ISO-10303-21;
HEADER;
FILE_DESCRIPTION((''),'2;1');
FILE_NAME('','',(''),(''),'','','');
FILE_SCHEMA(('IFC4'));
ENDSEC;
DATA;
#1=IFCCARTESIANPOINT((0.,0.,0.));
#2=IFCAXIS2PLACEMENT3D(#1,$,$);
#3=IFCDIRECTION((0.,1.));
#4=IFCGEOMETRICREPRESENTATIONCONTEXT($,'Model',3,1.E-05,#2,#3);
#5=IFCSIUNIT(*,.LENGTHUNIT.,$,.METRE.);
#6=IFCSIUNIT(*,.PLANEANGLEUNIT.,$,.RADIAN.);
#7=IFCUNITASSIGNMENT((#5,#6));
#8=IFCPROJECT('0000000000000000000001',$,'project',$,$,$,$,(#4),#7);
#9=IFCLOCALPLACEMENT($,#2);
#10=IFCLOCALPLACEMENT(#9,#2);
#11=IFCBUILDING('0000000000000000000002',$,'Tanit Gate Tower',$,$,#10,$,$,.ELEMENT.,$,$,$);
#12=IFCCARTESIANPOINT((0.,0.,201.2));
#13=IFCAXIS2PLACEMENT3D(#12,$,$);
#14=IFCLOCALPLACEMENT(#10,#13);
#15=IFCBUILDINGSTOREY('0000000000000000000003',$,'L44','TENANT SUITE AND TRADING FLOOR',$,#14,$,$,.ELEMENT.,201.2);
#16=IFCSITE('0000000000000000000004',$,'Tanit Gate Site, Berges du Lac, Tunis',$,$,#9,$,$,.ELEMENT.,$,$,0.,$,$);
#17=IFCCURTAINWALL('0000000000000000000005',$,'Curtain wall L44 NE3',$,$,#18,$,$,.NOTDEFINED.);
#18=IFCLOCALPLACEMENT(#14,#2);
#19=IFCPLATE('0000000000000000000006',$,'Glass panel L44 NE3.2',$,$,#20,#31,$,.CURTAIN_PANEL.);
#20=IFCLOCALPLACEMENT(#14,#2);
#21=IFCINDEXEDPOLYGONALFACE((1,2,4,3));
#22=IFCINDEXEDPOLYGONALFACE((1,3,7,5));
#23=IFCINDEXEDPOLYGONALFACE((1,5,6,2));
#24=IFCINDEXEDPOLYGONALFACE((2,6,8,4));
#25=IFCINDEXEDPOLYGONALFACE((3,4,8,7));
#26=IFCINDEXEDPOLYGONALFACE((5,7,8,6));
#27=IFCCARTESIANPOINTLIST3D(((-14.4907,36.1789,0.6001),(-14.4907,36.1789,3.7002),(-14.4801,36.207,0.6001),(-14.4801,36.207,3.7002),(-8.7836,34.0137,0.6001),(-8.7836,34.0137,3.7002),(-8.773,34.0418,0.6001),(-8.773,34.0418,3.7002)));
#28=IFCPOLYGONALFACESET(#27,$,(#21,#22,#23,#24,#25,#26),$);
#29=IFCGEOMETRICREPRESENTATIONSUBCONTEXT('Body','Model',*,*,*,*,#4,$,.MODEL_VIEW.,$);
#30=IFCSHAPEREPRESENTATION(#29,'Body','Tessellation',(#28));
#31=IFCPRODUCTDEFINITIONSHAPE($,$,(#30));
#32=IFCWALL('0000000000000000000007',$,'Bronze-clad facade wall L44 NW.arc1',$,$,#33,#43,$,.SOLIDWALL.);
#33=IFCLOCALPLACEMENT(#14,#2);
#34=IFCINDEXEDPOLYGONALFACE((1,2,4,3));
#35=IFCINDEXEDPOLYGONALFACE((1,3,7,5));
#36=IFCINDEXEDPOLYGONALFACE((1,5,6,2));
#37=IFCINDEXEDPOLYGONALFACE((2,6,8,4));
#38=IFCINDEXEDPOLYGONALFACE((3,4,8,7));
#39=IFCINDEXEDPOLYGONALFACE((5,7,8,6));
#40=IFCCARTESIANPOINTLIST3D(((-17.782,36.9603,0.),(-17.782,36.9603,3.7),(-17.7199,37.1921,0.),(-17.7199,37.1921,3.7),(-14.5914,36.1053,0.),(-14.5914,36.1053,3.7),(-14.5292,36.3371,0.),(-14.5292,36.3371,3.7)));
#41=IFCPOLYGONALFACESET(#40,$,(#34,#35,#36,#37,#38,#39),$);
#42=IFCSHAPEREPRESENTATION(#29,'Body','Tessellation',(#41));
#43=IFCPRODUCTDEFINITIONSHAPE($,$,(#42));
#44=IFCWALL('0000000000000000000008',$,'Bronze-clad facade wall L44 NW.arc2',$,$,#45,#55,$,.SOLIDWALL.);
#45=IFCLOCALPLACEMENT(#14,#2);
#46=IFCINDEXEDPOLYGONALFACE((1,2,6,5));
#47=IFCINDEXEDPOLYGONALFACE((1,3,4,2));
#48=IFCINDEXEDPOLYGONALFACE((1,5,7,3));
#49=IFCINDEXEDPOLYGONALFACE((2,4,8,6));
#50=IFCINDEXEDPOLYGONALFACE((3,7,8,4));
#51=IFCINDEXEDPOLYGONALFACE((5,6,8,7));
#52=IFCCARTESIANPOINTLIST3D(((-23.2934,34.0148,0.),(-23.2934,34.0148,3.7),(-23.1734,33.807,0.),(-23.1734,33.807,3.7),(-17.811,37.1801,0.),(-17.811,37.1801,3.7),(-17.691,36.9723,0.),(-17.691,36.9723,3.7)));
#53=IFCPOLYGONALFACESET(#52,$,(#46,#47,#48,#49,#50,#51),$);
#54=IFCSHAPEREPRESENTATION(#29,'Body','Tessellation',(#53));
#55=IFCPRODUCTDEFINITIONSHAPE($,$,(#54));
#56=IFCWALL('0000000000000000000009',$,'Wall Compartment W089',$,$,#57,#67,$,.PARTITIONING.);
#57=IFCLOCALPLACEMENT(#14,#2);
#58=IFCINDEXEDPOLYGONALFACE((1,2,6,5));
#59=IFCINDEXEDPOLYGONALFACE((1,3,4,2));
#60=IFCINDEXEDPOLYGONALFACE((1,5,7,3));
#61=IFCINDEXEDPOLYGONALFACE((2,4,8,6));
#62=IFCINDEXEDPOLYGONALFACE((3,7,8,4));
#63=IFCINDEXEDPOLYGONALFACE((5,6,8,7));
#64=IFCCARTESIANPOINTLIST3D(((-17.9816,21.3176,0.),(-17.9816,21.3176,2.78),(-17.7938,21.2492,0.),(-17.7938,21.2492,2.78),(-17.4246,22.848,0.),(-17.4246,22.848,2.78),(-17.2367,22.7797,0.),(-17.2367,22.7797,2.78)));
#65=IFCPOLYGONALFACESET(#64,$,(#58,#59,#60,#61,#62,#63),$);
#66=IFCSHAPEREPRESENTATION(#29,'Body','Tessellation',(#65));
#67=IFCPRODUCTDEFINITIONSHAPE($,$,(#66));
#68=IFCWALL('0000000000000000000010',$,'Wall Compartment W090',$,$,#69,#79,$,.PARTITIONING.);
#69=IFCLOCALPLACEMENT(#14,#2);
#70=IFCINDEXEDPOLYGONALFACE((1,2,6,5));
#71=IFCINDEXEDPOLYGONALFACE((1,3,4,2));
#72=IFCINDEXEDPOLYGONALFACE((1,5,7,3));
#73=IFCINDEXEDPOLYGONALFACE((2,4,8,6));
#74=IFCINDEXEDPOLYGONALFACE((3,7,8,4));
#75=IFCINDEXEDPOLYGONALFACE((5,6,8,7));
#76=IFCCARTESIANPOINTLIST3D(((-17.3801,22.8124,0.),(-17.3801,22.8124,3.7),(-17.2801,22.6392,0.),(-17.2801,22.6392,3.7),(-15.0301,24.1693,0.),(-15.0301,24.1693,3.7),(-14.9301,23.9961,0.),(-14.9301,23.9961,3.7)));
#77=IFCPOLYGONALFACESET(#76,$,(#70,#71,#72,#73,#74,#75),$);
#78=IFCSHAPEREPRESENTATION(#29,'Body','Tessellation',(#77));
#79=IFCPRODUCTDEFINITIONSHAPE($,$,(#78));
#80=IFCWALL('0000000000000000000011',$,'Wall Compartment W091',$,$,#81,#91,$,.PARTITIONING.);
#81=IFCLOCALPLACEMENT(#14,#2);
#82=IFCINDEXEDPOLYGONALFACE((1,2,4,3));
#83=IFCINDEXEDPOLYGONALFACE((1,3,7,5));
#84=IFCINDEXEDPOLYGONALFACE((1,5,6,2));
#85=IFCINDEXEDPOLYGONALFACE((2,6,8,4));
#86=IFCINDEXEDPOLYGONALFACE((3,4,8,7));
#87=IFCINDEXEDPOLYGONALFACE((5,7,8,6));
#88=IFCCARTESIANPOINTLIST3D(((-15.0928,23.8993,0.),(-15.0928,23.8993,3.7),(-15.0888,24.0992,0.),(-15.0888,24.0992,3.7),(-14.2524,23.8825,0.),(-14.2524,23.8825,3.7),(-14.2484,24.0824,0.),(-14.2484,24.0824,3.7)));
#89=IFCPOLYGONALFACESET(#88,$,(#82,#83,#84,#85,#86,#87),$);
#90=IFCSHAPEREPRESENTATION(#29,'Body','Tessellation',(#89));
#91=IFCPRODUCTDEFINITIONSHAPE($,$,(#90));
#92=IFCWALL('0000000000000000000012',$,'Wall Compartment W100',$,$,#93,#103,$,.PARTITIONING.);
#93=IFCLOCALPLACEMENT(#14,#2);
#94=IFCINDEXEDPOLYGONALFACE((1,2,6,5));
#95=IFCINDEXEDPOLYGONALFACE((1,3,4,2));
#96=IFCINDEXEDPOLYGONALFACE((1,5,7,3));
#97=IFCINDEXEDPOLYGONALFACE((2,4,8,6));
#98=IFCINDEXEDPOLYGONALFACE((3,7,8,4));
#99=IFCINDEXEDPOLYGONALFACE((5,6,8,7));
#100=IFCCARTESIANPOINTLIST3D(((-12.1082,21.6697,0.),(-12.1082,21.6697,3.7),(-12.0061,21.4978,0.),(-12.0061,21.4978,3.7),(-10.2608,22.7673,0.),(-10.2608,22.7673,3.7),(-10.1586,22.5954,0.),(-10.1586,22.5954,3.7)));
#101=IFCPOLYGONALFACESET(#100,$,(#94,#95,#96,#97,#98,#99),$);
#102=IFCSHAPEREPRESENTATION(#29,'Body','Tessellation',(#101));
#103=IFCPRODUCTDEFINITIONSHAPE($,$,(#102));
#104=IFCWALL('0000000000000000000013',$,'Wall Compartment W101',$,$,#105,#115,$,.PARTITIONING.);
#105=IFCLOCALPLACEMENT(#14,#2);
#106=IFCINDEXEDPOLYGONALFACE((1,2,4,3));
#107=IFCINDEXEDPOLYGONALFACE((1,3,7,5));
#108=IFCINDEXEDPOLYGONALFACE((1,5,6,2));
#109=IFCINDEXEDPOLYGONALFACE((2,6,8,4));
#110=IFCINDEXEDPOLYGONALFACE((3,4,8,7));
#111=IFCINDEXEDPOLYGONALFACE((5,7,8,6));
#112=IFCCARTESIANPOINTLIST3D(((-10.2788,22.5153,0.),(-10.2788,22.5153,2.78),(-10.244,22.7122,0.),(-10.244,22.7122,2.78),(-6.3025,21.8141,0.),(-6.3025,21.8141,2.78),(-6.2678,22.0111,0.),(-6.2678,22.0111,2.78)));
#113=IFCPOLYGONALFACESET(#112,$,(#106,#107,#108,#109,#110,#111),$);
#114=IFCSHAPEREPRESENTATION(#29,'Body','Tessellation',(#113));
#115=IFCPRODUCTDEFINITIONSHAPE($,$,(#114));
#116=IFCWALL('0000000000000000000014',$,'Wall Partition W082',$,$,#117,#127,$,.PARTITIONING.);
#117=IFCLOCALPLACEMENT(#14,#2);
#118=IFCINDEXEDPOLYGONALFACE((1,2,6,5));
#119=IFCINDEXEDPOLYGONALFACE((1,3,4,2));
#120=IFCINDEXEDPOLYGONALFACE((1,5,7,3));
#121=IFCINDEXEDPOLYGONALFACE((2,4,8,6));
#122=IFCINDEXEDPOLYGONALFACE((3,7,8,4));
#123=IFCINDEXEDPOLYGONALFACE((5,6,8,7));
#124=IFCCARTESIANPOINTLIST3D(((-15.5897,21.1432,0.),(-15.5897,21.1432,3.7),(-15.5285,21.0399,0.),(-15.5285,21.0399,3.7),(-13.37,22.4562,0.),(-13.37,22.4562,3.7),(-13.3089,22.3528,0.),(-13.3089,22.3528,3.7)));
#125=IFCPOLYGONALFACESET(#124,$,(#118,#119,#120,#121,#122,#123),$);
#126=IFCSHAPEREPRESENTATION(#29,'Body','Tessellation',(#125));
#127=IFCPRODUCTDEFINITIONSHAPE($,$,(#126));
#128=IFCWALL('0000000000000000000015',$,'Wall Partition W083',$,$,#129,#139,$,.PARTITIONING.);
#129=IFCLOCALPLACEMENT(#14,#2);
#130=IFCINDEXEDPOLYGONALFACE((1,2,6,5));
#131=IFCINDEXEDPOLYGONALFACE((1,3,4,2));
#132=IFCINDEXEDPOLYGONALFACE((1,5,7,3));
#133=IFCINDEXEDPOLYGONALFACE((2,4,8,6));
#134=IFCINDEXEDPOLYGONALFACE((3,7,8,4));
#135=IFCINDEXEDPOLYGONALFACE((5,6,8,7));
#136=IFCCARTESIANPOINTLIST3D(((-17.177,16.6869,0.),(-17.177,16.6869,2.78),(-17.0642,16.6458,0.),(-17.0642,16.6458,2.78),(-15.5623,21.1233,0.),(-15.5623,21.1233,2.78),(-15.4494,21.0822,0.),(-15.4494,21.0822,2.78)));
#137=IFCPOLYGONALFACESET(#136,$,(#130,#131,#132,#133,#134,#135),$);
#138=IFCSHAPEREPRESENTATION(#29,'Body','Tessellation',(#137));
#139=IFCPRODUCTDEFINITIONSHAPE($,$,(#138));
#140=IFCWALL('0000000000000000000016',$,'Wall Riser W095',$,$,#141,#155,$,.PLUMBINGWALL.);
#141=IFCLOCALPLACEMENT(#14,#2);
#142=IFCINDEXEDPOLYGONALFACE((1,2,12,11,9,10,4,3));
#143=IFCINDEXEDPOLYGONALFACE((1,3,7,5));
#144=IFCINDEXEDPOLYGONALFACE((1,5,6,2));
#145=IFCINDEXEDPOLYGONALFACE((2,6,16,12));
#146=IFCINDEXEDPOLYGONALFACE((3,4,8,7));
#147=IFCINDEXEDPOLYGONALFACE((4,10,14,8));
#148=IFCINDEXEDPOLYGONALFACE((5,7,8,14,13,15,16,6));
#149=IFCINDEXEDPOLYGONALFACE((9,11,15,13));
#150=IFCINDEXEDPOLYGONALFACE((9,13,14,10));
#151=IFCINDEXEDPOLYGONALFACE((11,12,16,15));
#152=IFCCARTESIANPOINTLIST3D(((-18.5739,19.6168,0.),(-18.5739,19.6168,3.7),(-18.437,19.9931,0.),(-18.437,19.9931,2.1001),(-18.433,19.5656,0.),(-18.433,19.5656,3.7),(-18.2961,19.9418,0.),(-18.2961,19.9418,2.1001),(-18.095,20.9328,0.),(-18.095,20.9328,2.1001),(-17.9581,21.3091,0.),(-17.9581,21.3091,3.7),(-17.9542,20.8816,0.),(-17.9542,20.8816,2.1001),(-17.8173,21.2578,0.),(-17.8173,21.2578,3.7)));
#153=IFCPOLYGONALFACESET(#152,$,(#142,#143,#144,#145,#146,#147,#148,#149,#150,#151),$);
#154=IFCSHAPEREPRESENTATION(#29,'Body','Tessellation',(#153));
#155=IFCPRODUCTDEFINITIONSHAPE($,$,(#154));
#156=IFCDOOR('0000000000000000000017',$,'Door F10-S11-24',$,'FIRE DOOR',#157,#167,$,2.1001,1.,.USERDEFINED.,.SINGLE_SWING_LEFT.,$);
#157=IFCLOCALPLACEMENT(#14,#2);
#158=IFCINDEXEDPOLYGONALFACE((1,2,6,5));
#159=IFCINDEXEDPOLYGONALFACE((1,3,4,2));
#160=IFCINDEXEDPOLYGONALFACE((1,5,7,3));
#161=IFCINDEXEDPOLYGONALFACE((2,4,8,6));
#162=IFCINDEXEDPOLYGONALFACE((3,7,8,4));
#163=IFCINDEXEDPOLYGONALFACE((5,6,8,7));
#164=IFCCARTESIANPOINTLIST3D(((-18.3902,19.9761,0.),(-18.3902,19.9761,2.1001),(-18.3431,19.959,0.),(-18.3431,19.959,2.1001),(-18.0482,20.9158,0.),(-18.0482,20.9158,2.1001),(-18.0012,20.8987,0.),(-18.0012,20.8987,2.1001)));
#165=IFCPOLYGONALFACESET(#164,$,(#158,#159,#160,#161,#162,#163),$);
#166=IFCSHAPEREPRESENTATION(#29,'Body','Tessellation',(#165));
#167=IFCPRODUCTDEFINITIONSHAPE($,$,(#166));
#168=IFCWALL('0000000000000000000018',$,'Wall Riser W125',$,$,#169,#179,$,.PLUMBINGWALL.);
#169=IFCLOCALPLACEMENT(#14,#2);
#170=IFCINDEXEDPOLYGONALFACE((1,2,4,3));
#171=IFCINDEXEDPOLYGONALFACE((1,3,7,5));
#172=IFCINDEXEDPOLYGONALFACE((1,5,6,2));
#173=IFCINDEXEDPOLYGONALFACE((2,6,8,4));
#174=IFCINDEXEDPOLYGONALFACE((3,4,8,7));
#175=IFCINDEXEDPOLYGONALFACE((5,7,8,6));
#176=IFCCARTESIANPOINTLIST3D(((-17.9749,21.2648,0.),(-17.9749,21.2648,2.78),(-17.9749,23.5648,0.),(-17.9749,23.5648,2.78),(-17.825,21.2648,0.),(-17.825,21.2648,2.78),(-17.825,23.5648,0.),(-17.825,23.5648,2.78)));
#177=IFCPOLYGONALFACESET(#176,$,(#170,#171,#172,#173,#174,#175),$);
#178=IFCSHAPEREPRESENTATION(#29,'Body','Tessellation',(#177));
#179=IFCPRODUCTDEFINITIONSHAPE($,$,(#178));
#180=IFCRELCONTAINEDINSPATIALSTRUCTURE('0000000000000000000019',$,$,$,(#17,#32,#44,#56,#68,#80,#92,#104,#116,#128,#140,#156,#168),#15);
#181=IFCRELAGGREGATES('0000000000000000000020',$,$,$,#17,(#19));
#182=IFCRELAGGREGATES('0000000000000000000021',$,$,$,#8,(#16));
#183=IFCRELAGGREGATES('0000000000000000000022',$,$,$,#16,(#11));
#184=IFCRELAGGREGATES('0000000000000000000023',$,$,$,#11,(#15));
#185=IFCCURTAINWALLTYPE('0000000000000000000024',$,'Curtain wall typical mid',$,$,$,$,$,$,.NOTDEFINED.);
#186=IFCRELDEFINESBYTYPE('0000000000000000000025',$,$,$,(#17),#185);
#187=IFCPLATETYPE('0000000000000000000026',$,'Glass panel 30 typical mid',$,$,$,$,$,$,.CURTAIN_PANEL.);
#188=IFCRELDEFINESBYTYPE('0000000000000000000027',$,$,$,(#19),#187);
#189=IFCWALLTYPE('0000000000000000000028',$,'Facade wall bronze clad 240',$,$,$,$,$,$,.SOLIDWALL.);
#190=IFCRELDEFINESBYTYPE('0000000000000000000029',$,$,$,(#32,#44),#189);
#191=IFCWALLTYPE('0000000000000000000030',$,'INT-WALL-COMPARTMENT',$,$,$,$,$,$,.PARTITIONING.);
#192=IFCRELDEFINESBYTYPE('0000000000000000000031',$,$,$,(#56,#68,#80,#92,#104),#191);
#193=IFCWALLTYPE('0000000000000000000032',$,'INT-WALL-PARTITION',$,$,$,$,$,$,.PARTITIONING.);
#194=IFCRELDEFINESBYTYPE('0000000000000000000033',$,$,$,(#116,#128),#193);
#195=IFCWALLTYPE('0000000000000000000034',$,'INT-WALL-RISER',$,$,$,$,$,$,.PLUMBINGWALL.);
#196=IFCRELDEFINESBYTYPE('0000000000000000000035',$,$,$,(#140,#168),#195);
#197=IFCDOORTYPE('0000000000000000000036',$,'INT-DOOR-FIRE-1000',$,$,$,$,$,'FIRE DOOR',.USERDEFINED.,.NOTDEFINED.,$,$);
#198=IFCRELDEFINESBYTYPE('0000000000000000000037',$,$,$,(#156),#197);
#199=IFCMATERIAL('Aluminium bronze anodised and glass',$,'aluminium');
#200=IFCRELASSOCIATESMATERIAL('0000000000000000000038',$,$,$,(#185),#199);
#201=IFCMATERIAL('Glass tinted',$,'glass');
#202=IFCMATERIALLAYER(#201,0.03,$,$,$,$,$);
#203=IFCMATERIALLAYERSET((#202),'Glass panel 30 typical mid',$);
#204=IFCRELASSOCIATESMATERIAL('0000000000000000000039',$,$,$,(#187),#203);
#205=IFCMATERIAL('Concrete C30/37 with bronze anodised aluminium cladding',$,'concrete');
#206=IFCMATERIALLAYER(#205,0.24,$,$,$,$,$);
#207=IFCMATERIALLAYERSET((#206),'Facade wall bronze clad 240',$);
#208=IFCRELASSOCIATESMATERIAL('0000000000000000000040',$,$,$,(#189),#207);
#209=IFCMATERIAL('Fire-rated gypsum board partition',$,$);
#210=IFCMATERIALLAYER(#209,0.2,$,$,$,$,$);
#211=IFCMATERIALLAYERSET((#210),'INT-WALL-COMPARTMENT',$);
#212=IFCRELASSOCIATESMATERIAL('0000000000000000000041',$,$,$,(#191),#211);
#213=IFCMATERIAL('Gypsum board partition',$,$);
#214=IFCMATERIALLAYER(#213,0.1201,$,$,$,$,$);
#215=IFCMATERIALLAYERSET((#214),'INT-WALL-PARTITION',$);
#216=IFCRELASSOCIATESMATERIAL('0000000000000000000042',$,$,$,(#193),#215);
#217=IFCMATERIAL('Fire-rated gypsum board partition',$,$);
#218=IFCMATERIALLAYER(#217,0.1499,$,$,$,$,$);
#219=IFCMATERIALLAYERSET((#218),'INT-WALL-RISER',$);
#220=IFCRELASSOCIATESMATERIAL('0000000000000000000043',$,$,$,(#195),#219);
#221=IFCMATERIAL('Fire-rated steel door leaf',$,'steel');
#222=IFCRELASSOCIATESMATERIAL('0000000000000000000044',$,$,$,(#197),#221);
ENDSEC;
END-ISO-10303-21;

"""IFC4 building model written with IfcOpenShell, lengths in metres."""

from ifc_helpers import new_model, si_unit, direction, frame, frame_2d, origin, origin_2d, place, context, subcontext, project, spatial, rectangle, extrude, material, layer, layer_set, type_object, element, fill, aggregate, save


model = new_model("IFC4")

# Units and contexts
model_context = context("Model", 3, precision=1e-05, world=origin(), true_north=direction((0.0, 1.0)))
body_context = subcontext(model_context, "Body", "Model", "MODEL_VIEW")
ifc_project = project(units=[si_unit("LENGTHUNIT", "METRE"), si_unit("PLANEANGLEUNIT", "RADIAN")], contexts=[model_context])

# Site, building, storey
site_placement = place(None, origin())
site = spatial("IfcSite", under=ifc_project, at=site_placement, Name="Tanit Gate Site, Berges du Lac, Tunis", CompositionType="ELEMENT", RefElevation=0.0)
building_placement = place(site_placement, origin())
building = spatial("IfcBuilding", under=site, at=building_placement, Name="Tanit Gate Tower", CompositionType="ELEMENT")
storey_placement = place(building_placement, frame((0.0, 0.0, 201.2)))
storey = spatial("IfcBuildingStorey", under=building, at=storey_placement, Name="L44", Description="TENANT SUITE AND TRADING FLOOR", CompositionType="ELEMENT", Elevation=201.2)

# Curtain wall
ifc_material_1 = material(Name="Aluminium bronze anodised and glass", Category="aluminium")
curtain_wall_type = type_object("IfcCurtainWallType", Name="Curtain wall typical mid", PredefinedType="NOTDEFINED", material=ifc_material_1)
curtain_wall_placement = place(storey_placement, origin())
curtain_wall = element("IfcCurtainWall", 1, at=curtain_wall_placement, inside=storey, type_object=curtain_wall_type, Name="Curtain wall L44 NE3", PredefinedType="NOTDEFINED")

# Plate
ifc_material_2 = material(Name="Glass tinted", Category="glass")
ifc_layer_1 = layer(ifc_material_2, 0.03)
ifc_layer_set_1 = layer_set([ifc_layer_1], Name="Glass panel 30 typical mid")
plate_type = type_object("IfcPlateType", Name="Glass panel 30 typical mid", PredefinedType="CURTAIN_PANEL", material=ifc_layer_set_1)
plate_1_placement = place(storey_placement, frame((-11.6318, 35.1104, 0.6001), z_axis=(0.0, 0.0, 1.0), x_axis=(-0.934976, 0.35471, 0.0)))
plate_1 = element("IfcPlate", 2, at=plate_1_placement, type_object=plate_type, Name="Glass panel L44 NE3.2", PredefinedType="CURTAIN_PANEL", context=body_context, shape_type="SweptSolid", body=[
    extrude(rectangle(XDim=6.104, YDim=0.03, at=origin_2d()), origin(), (0.0, 0.0, 1.0), 3.1001),
])
aggregate(curtain_wall, [plate_1])

# Walls
ifc_material_3 = material(Name="Concrete C30/37 with bronze anodised aluminium cladding", Category="concrete")
ifc_layer_2 = layer(ifc_material_3, 0.24)
ifc_layer_set_2 = layer_set([ifc_layer_2], Name="Facade wall bronze clad 240")
wall_type_1 = type_object("IfcWallType", Name="Facade wall bronze clad 240", PredefinedType="SOLIDWALL", material=ifc_layer_set_2)
wall_1_placement = place(storey_placement, frame((-14.5603, 36.2212, 0.0), z_axis=(0.0, 0.0, 1.0), x_axis=(-0.965923, 0.258831, 0.0)))
element("IfcWall", 3, at=wall_1_placement, inside=storey, type_object=wall_type_1, Name="Bronze-clad facade wall L44 NW.arc1", PredefinedType="SOLIDWALL", context=body_context, shape_type="SweptSolid", body=[
    extrude(rectangle(XDim=3.3032, YDim=0.24, at=frame_2d((1.6516, 0.0))), origin(), (0.0, 0.0, 1.0), 3.7),
])
wall_2_placement = place(storey_placement, frame((-17.751, 37.0762, 0.0), z_axis=(0.0, 0.0, 1.0), x_axis=(-0.866025, -0.500001, 0.0)))
element("IfcWall", 4, at=wall_2_placement, inside=storey, type_object=wall_type_1, Name="Bronze-clad facade wall L44 NW.arc2", PredefinedType="SOLIDWALL", context=body_context, shape_type="SweptSolid", body=[
    extrude(rectangle(XDim=6.3306, YDim=0.24, at=frame_2d((3.1653, 0.0))), origin(), (0.0, 0.0, 1.0), 3.7),
])
ifc_material_4 = material(Name="Fire-rated gypsum board partition")
ifc_layer_3 = layer(ifc_material_4, 0.2)
ifc_layer_set_3 = layer_set([ifc_layer_3], Name="INT-WALL-COMPARTMENT")
wall_type_2 = type_object("IfcWallType", Name="INT-WALL-COMPARTMENT", PredefinedType="PARTITIONING", material=ifc_layer_set_3)
wall_3_placement = place(storey_placement, frame((-17.3306, 22.814, 0.0), z_axis=(0.0, 0.0, 1.0), x_axis=(-0.342056, -0.93968, 0.0)))
element("IfcWall", 5, at=wall_3_placement, inside=storey, type_object=wall_type_2, Name="Wall Compartment W089", PredefinedType="PARTITIONING", context=body_context, shape_type="SweptSolid", body=[
    extrude(rectangle(XDim=1.6287, YDim=0.2, at=frame_2d((0.8145, 0.0))), origin(), (0.0, 0.0, 1.0), 2.78),
])
wall_4_placement = place(storey_placement, frame((-14.98, 24.0828, 0.0), z_axis=(0.0, 0.0, 1.0), x_axis=(-0.866009, -0.500029, 0.0)))
element("IfcWall", 6, at=wall_4_placement, inside=storey, type_object=wall_type_2, Name="Wall Compartment W090", PredefinedType="PARTITIONING", context=body_context, shape_type="SweptSolid", body=[
    extrude(rectangle(XDim=2.7136, YDim=0.2, at=frame_2d((1.3569, 0.0))), origin(), (0.0, 0.0, 1.0), 3.7),
])
wall_5_placement = place(storey_placement, frame((-14.2502, 23.9824, 0.0), z_axis=(0.0, 0.0, 1.0), x_axis=(-0.999799, 0.020042, 0.0)))
element("IfcWall", 7, at=wall_5_placement, inside=storey, type_object=wall_type_2, Name="Wall Compartment W091", PredefinedType="PARTITIONING", context=body_context, shape_type="SweptSolid", body=[
    extrude(rectangle(XDim=0.8406, YDim=0.2, at=frame_2d((0.4204, 0.0))), origin(), (0.0, 0.0, 1.0), 3.7),
])
wall_6_placement = place(storey_placement, frame((-10.2097, 22.6814, 0.0), z_axis=(0.0, 0.0, 1.0), x_axis=(-0.8597, -0.510799, 0.0)))
element("IfcWall", 8, at=wall_6_placement, inside=storey, type_object=wall_type_2, Name="Wall Compartment W100", PredefinedType="PARTITIONING", context=body_context, shape_type="SweptSolid", body=[
    extrude(rectangle(XDim=2.1489, YDim=0.2, at=frame_2d((1.0745, 0.0))), origin(), (0.0, 0.0, 1.0), 3.7),
])
wall_7_placement = place(storey_placement, frame((-6.2852, 21.9126, 0.0), z_axis=(0.0, 0.0, 1.0), x_axis=(-0.984806, 0.173658, 0.0)))
element("IfcWall", 9, at=wall_7_placement, inside=storey, type_object=wall_type_2, Name="Wall Compartment W101", PredefinedType="PARTITIONING", context=body_context, shape_type="SweptSolid", body=[
    extrude(rectangle(XDim=4.0376, YDim=0.2, at=frame_2d((2.0188, 0.0))), origin(), (0.0, 0.0, 1.0), 2.78),
])
ifc_material_5 = material(Name="Gypsum board partition")
ifc_layer_4 = layer(ifc_material_5, 0.1201)
ifc_layer_set_4 = layer_set([ifc_layer_4], Name="INT-WALL-PARTITION")
wall_type_3 = type_object("IfcWallType", Name="INT-WALL-PARTITION", PredefinedType="PARTITIONING", material=ifc_layer_set_4)
wall_8_placement = place(storey_placement, frame((-13.3394, 22.4045, 0.0), z_axis=(0.0, 0.0, 1.0), x_axis=(-0.8607, -0.509112, 0.0)))
element("IfcWall", 10, at=wall_8_placement, inside=storey, type_object=wall_type_3, Name="Wall Partition W082", PredefinedType="PARTITIONING", context=body_context, shape_type="SweptSolid", body=[
    extrude(rectangle(XDim=2.5789, YDim=0.1201, at=frame_2d((1.2896, 0.0))), origin(), (0.0, 0.0, 1.0), 3.7),
])
wall_9_placement = place(storey_placement, frame((-15.5059, 21.1028, 0.0), z_axis=(0.0, 0.0, 1.0), x_axis=(-0.342017, -0.939694, 0.0)))
element("IfcWall", 11, at=wall_9_placement, inside=storey, type_object=wall_type_3, Name="Wall Partition W083", PredefinedType="PARTITIONING", context=body_context, shape_type="SweptSolid", body=[
    extrude(rectangle(XDim=4.7212, YDim=0.1201, at=frame_2d((2.3606, 0.0))), origin(), (0.0, 0.0, 1.0), 2.78),
])

# Wall, opening, door
ifc_material_6 = material(Name="Fire-rated gypsum board partition")
ifc_layer_5 = layer(ifc_material_6, 0.1499)
ifc_layer_set_5 = layer_set([ifc_layer_5], Name="INT-WALL-RISER")
wall_type_4 = type_object("IfcWallType", Name="INT-WALL-RISER", PredefinedType="PLUMBINGWALL", material=ifc_layer_set_5)
wall_10_placement = place(storey_placement, frame((-17.8877, 21.2834, 0.0), z_axis=(0.0, 0.0, 1.0), x_axis=(-0.341939, -0.939722, 0.0)))
wall_10 = element("IfcWall", 12, at=wall_10_placement, inside=storey, type_object=wall_type_4, Name="Wall Riser W095", PredefinedType="PLUMBINGWALL", context=body_context, shape_type="SweptSolid", body=[
    extrude(rectangle(XDim=1.8008, YDim=0.1499, at=frame_2d((0.9004, 0.0))), origin(), (0.0, 0.0, 1.0), 3.7),
])
opening_placement = place(wall_10_placement, frame((0.4004, 0.0, 0.0)))
opening = element("IfcOpeningElement", 13, at=opening_placement, cuts=wall_10, PredefinedType="OPENING", context=body_context, shape_type="SweptSolid", body=[
    extrude(rectangle(XDim=1.0, YDim=2.1001, at=frame_2d((0.5, 1.05))), frame((0.0, 0.085, 0.0), z_axis=(0.0, -1.0, 0.0), x_axis=(1.0, 0.0, 0.0)), (0.0, 0.0, 1.0), 0.1699),
])
ifc_material_7 = material(Name="Fire-rated steel door leaf", Category="steel")
door_type = type_object("IfcDoorType", Name="INT-DOOR-FIRE-1000", ElementType="FIRE DOOR", OperationType="NOTDEFINED", PredefinedType="USERDEFINED", material=ifc_material_7)
door_placement = place(opening_placement, origin())
door = element("IfcDoor", 14, at=door_placement, inside=storey, type_object=door_type, Name="Door F10-S11-24", ObjectType="FIRE DOOR", OperationType="SINGLE_SWING_LEFT", OverallHeight=2.1001, OverallWidth=1.0, PredefinedType="USERDEFINED", context=body_context, shape_type="SweptSolid", body=[
    extrude(rectangle(XDim=1.0, YDim=2.1001, at=frame_2d((0.5, 1.05))), frame((0.0, 0.0249, 0.0), z_axis=(0.0, -1.0, 0.0), x_axis=(1.0, 0.0, 0.0)), (0.0, 0.0, 1.0), 0.05),
])
fill(opening, door)

# Wall
wall_11_placement = place(storey_placement, frame((-17.8999, 21.2649, 0.0), z_axis=(0.0, 0.0, 1.0), x_axis=(0.0, 1.0, 0.0)))
element("IfcWall", 15, at=wall_11_placement, inside=storey, type_object=wall_type_4, Name="Wall Riser W125", PredefinedType="PLUMBINGWALL", context=body_context, shape_type="SweptSolid", body=[
    extrude(rectangle(XDim=2.3, YDim=0.1499, at=frame_2d((1.1499, 0.0))), origin(), (0.0, 0.0, 1.0), 2.78),
])

save(model, "model.ifc")
